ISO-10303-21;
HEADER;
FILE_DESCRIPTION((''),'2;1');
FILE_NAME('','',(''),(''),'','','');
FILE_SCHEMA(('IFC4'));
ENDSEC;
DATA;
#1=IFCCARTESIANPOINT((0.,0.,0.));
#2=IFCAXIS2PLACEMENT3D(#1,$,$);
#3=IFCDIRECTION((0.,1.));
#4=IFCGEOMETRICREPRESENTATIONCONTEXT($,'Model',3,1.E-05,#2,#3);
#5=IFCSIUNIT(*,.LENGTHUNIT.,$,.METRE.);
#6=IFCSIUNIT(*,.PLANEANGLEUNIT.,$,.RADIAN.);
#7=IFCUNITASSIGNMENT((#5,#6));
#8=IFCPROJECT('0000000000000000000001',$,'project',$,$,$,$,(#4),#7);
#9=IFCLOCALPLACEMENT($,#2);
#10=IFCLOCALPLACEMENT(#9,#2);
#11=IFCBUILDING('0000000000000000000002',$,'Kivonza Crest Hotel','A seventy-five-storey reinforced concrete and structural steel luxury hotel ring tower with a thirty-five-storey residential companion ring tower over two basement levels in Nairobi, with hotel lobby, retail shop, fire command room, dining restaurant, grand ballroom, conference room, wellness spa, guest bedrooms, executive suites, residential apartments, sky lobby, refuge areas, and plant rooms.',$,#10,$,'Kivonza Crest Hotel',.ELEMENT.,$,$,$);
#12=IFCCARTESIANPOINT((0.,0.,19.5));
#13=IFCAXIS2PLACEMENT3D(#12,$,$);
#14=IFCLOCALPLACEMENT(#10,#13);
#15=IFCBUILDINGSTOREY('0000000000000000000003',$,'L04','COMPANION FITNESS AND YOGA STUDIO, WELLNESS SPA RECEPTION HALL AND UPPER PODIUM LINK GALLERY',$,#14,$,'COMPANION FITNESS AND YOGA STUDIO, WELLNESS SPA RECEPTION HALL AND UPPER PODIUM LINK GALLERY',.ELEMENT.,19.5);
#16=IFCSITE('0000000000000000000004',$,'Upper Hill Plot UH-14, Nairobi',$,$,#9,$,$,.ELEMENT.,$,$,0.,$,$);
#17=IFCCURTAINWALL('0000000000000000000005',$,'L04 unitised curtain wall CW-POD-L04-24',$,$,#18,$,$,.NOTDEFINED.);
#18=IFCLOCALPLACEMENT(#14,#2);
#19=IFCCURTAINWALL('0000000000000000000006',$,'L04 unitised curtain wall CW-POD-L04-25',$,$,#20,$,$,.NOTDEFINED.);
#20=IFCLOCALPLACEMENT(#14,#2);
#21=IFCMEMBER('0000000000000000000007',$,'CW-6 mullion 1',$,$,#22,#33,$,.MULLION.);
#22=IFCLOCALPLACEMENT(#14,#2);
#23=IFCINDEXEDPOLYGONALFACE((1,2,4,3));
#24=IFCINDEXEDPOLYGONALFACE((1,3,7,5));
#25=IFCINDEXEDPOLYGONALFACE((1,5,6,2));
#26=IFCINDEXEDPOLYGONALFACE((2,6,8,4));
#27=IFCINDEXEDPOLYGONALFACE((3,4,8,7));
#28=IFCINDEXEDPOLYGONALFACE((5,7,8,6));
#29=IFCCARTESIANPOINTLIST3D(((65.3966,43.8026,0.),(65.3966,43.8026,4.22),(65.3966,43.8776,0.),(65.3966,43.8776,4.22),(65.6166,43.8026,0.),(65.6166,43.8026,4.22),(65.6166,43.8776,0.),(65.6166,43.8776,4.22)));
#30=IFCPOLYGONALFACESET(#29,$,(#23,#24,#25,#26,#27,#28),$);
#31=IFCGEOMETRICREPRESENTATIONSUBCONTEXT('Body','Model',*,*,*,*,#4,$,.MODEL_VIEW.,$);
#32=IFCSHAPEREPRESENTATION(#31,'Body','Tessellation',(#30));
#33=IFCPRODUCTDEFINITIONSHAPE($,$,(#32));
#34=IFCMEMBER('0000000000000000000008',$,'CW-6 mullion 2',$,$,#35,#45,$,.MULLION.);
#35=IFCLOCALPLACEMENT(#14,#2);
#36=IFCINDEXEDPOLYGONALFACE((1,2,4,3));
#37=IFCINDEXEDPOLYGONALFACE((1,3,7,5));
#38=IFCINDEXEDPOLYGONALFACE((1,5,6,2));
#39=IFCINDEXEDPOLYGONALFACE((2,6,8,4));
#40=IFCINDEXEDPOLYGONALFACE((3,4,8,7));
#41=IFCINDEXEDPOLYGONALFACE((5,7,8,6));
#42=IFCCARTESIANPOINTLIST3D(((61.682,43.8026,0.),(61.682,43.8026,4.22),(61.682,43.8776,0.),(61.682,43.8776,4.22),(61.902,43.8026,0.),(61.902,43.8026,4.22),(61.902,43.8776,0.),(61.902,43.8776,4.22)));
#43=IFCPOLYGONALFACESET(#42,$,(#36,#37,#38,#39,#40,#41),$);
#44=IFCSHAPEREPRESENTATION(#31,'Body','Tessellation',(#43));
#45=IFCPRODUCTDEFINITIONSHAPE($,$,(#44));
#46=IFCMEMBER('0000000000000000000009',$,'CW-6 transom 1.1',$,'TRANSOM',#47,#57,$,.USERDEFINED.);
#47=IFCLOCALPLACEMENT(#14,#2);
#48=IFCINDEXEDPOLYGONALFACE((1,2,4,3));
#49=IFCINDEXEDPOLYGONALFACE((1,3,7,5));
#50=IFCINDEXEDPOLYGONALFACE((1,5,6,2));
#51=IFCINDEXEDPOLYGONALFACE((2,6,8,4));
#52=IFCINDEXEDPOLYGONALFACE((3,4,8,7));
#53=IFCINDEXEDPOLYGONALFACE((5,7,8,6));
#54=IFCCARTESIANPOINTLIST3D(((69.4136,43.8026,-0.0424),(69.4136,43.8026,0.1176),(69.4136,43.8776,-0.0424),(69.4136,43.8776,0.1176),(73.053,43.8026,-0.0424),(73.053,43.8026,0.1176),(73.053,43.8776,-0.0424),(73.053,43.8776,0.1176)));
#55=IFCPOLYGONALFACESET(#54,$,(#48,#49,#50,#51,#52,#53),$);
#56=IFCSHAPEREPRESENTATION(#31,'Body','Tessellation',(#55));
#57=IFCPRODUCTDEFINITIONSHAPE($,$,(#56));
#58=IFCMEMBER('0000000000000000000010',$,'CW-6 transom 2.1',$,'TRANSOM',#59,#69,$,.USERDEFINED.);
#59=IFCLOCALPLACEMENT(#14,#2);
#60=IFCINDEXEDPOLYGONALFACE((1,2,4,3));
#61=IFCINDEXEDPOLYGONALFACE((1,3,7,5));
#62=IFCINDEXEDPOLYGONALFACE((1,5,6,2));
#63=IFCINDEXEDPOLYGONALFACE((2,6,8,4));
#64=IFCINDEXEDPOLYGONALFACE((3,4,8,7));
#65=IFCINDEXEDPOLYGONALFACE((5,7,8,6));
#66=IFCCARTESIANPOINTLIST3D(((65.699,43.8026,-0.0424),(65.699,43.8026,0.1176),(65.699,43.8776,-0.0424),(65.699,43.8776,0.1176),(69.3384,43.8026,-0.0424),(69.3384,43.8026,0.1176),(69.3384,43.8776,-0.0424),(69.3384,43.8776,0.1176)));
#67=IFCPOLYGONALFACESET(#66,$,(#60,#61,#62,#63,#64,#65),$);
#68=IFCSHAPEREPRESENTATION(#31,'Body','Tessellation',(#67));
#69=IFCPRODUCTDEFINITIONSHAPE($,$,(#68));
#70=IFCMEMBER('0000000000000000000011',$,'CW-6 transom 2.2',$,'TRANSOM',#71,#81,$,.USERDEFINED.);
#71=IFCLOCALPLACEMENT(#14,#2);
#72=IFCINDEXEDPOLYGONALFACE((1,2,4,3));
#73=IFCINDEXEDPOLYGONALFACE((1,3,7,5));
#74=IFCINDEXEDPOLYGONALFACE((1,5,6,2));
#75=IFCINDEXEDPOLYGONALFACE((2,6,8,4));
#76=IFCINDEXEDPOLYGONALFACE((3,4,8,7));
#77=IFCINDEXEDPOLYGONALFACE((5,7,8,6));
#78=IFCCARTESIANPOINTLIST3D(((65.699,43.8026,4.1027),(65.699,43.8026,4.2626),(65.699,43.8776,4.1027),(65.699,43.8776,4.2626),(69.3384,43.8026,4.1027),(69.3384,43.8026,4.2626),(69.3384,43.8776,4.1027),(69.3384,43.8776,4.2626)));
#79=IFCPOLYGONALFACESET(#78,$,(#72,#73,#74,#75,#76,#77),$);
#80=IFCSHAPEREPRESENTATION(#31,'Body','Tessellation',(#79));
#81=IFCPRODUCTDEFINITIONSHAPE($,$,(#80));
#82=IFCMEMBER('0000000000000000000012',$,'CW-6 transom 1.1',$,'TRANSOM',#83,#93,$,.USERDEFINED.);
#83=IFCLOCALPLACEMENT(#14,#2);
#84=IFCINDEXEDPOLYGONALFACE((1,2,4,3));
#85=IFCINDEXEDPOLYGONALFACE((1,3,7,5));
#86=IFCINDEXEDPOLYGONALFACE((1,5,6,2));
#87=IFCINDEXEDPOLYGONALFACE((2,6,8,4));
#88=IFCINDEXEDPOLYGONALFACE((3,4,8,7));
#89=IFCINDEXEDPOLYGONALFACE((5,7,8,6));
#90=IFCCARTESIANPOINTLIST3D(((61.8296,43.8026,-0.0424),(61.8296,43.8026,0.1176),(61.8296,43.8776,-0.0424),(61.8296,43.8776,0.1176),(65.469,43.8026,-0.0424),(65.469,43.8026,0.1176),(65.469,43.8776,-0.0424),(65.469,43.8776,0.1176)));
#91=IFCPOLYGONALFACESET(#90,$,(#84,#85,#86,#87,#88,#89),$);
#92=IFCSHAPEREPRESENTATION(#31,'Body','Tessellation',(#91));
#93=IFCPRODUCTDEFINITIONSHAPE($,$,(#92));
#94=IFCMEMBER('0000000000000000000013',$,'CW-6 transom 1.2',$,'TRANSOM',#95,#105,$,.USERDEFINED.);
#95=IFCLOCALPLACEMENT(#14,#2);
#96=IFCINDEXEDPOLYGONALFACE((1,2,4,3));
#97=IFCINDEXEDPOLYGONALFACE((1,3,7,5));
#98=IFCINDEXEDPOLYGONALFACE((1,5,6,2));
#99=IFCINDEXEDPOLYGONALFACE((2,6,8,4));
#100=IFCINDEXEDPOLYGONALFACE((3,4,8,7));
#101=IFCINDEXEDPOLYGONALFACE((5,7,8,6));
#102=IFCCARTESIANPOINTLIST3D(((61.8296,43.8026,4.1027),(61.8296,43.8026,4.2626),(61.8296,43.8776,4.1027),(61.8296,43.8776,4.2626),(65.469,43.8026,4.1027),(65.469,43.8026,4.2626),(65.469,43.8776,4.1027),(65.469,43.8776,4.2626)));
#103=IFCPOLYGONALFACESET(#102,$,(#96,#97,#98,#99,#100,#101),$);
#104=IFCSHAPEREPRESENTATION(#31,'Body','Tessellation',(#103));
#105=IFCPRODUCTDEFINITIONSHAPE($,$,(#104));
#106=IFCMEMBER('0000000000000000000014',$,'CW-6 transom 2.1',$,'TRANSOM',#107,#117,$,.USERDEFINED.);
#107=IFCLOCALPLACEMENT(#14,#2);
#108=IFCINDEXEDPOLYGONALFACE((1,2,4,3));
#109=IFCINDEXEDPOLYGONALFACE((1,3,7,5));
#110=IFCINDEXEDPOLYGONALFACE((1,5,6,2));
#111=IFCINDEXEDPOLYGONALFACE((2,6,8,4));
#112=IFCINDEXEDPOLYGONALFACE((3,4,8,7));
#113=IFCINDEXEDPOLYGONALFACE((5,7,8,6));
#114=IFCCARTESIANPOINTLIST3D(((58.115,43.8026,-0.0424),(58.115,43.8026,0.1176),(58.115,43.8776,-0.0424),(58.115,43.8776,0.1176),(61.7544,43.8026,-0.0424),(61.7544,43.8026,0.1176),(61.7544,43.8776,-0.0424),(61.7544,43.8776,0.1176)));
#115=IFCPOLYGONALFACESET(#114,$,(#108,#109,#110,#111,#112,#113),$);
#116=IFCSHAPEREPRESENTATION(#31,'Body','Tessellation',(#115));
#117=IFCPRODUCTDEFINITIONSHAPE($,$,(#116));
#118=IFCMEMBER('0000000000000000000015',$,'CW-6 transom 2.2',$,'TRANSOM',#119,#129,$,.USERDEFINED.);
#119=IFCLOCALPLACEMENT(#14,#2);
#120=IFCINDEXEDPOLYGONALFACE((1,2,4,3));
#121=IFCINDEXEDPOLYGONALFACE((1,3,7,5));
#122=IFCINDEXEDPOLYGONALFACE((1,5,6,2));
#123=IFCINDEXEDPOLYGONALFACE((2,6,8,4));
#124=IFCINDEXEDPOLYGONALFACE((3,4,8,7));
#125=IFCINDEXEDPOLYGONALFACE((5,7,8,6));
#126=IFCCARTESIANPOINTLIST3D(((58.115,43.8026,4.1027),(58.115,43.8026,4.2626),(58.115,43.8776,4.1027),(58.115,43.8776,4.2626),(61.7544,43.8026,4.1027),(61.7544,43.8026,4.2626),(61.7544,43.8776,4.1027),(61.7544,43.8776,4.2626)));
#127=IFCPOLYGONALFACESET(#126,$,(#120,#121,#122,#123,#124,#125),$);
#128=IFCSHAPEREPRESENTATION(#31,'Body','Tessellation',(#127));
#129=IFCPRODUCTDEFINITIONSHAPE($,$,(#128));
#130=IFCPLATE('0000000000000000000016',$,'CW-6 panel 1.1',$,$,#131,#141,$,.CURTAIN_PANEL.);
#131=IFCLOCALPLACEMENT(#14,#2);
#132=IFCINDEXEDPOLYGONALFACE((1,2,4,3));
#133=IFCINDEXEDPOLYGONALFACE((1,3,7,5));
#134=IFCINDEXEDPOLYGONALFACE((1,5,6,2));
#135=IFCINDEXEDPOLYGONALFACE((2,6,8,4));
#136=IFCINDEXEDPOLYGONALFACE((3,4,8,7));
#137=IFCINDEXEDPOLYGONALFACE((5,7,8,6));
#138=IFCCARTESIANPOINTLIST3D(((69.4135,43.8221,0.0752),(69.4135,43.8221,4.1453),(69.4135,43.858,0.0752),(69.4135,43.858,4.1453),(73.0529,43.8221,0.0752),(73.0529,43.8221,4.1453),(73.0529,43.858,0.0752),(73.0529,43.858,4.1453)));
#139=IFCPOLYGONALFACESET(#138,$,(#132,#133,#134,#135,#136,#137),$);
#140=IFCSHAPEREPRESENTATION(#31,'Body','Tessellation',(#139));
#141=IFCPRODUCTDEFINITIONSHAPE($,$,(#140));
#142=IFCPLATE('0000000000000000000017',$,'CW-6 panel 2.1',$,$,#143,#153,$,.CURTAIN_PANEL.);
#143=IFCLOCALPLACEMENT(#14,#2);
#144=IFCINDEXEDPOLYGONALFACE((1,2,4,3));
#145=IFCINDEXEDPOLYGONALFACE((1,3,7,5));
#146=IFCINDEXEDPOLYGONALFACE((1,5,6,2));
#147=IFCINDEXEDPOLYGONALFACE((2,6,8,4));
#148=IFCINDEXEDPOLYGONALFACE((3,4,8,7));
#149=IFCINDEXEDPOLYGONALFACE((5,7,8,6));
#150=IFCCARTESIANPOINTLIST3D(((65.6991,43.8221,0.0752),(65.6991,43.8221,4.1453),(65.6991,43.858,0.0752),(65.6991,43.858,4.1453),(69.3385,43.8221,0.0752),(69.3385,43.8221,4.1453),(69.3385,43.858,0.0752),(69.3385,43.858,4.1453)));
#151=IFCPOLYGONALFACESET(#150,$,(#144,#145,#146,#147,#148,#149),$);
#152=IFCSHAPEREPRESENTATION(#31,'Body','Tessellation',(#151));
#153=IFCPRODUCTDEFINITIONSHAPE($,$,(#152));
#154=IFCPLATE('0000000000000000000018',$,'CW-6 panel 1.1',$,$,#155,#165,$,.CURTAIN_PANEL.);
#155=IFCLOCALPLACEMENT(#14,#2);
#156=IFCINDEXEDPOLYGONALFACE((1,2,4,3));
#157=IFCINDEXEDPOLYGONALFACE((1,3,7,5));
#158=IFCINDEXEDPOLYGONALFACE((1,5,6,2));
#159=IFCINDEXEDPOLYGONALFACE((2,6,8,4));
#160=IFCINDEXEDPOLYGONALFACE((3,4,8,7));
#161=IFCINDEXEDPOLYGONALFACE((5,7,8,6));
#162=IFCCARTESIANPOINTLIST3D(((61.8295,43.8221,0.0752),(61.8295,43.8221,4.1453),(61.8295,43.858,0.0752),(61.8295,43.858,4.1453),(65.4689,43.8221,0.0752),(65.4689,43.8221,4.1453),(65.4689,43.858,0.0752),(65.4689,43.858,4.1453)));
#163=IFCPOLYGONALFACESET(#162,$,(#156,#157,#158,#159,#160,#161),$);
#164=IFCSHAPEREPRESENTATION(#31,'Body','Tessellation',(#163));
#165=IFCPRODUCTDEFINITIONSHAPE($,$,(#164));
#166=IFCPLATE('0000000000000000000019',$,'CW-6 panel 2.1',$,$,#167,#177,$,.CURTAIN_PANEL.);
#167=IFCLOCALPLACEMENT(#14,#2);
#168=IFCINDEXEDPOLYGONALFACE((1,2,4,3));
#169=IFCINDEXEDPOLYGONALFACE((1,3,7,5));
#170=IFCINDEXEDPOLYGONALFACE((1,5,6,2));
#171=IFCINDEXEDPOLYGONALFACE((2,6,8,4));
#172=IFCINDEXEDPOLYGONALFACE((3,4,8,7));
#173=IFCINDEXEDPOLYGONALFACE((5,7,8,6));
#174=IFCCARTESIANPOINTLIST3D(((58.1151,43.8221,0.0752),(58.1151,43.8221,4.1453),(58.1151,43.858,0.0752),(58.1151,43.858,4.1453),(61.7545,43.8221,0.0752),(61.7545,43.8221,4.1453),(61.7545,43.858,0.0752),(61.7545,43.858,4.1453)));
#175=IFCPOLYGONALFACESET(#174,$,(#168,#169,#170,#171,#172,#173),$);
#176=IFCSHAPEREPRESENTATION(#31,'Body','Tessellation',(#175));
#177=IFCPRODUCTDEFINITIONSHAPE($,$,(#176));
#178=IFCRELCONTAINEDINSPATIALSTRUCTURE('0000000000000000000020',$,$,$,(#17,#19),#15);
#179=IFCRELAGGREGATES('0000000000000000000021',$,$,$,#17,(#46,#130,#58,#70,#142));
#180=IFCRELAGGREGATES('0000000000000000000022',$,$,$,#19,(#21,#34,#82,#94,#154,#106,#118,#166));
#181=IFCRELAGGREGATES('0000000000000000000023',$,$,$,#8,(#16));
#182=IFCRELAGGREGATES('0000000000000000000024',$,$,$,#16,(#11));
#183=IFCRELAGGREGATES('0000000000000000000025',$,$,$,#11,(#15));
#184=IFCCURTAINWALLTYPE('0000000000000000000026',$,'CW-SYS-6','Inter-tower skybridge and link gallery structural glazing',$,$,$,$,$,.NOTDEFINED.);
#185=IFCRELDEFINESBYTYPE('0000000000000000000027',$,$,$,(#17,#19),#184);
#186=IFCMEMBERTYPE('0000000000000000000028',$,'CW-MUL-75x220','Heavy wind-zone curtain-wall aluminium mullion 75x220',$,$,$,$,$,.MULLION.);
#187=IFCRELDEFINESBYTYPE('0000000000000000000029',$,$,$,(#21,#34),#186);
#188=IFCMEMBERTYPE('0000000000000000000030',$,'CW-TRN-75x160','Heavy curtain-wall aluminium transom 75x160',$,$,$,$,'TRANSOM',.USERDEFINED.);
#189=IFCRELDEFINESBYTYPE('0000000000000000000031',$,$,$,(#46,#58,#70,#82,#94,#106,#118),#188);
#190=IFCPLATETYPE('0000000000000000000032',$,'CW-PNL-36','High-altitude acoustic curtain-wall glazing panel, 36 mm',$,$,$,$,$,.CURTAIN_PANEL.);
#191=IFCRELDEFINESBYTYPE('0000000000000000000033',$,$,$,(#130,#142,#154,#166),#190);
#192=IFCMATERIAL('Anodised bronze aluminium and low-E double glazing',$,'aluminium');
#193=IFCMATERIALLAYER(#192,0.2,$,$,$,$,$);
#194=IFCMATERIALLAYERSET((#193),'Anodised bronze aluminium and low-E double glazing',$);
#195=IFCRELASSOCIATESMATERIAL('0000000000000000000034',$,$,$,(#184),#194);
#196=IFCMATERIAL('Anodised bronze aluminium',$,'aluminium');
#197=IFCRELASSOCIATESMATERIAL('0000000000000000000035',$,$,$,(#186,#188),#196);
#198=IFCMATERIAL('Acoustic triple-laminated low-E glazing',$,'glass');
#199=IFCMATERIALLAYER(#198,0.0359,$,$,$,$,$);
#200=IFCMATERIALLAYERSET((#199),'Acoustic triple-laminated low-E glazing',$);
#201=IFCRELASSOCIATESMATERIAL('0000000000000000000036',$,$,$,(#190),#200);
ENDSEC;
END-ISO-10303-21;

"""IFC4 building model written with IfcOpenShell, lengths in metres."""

from ifc_helpers import new_model, si_unit, direction, frame, origin, origin_2d, place, context, subcontext, project, spatial, rectangle, extrude, material, layer, layer_set, material_profile, profile_set, type_object, element, aggregate, save


model = new_model("IFC4")

# Units and contexts
model_context = context("Model", 3, precision=1e-05, world=origin(), true_north=direction((0.0, 1.0)))
body_context = subcontext(model_context, "Body", "Model", "MODEL_VIEW")
ifc_project = project(units=[si_unit("LENGTHUNIT", "METRE"), si_unit("PLANEANGLEUNIT", "RADIAN")], contexts=[model_context])

# Site, building, storey
site_placement = place(None, origin())
site = spatial("IfcSite", under=ifc_project, at=site_placement, Name="Upper Hill Plot UH-14, Nairobi", CompositionType="ELEMENT", RefElevation=0.0)
building_placement = place(site_placement, origin())
building = spatial("IfcBuilding", under=site, at=building_placement, Name="Kivonza Crest Hotel", Description="A seventy-five-storey reinforced concrete and structural steel luxury hotel ring tower with a thirty-five-storey residential companion ring tower over two basement levels in Nairobi, with hotel lobby, retail shop, fire command room, dining restaurant, grand ballroom, conference room, wellness spa, guest bedrooms, executive suites, residential apartments, sky lobby, refuge areas, and plant rooms.", LongName="Kivonza Crest Hotel", CompositionType="ELEMENT")
storey_placement = place(building_placement, frame((0.0, 0.0, 19.5)))
storey = spatial("IfcBuildingStorey", under=building, at=storey_placement, Name="L04", Description="COMPANION FITNESS AND YOGA STUDIO, WELLNESS SPA RECEPTION HALL AND UPPER PODIUM LINK GALLERY", LongName="COMPANION FITNESS AND YOGA STUDIO, WELLNESS SPA RECEPTION HALL AND UPPER PODIUM LINK GALLERY", CompositionType="ELEMENT", Elevation=19.5)

# Curtain walls, members
ifc_material_1 = material(Name="Anodised bronze aluminium and low-E double glazing", Category="aluminium")
ifc_layer_1 = layer(ifc_material_1, 0.2)
ifc_layer_set_1 = layer_set([ifc_layer_1], Name="Anodised bronze aluminium and low-E double glazing")
curtain_wall_type = type_object("IfcCurtainWallType", Name="CW-SYS-6", Description="Inter-tower skybridge and link gallery structural glazing", PredefinedType="NOTDEFINED", material=ifc_layer_set_1)
curtain_wall_1_placement = place(storey_placement, origin())
curtain_wall_1 = element("IfcCurtainWall", 1, at=curtain_wall_1_placement, inside=storey, type_object=curtain_wall_type, Name="L04 unitised curtain wall CW-POD-L04-24", PredefinedType="NOTDEFINED")
ifc_material_2 = material(Name="Anodised bronze aluminium", Category="aluminium")
ifc_material_profile_1 = material_profile(ifc_material_2, rectangle(XDim=0.075, YDim=0.22, at=origin_2d()), Name="CW-M 75x220")
ifc_profile_set_1 = profile_set([ifc_material_profile_1], Name="Anodised bronze aluminium")
member_type_1 = type_object("IfcMemberType", Name="CW-MUL-75x220", Description="Heavy wind-zone curtain-wall aluminium mullion 75x220", PredefinedType="MULLION", material=ifc_profile_set_1)
curtain_wall_2_placement = place(storey_placement, origin())
curtain_wall_2 = element("IfcCurtainWall", 2, at=curtain_wall_2_placement, inside=storey, type_object=curtain_wall_type, Name="L04 unitised curtain wall CW-POD-L04-25", PredefinedType="NOTDEFINED")
member_1_placement = place(storey_placement, frame((65.5066, 43.8401, 0.0), z_axis=(0.0, 0.0, 1.0), x_axis=(0.0, -1.0, 0.0)))
member_1 = element("IfcMember", 3, at=member_1_placement, type_object=member_type_1, Name="CW-6 mullion 1", PredefinedType="MULLION", context=body_context, shape_type="SweptSolid", body=[
    extrude(rectangle(XDim=0.075, YDim=0.22, at=origin_2d()), origin(), (0.0, 0.0, 1.0), 4.22),
])
member_2_placement = place(storey_placement, frame((61.792, 43.8401, 0.0), z_axis=(0.0, 0.0, 1.0), x_axis=(0.0, -1.0, 0.0)))
member_2 = element("IfcMember", 4, at=member_2_placement, type_object=member_type_1, Name="CW-6 mullion 2", PredefinedType="MULLION", context=body_context, shape_type="SweptSolid", body=[
    extrude(rectangle(XDim=0.075, YDim=0.22, at=origin_2d()), origin(), (0.0, 0.0, 1.0), 4.22),
])

# Members
ifc_material_profile_2 = material_profile(ifc_material_2, rectangle(XDim=0.075, YDim=0.1599, at=origin_2d()), Name="CW-T 75x160")
ifc_profile_set_2 = profile_set([ifc_material_profile_2], Name="Anodised bronze aluminium")
member_type_2 = type_object("IfcMemberType", Name="CW-TRN-75x160", Description="Heavy curtain-wall aluminium transom 75x160", ElementType="TRANSOM", PredefinedType="USERDEFINED", material=ifc_profile_set_2)
member_3_placement = place(storey_placement, frame((73.053, 43.8401, 0.0376), z_axis=(-1.0, 0.0, 0.0), x_axis=(0.0, -1.0, 0.0)))
member_3 = element("IfcMember", 5, at=member_3_placement, type_object=member_type_2, Name="CW-6 transom 1.1", ObjectType="TRANSOM", PredefinedType="USERDEFINED", context=body_context, shape_type="SweptSolid", body=[
    extrude(rectangle(XDim=0.075, YDim=0.1599, at=origin_2d()), origin(), (0.0, 0.0, 1.0), 3.6394),
])
member_4_placement = place(storey_placement, frame((69.3384, 43.8401, 0.0376), z_axis=(-1.0, 0.0, 0.0), x_axis=(0.0, -1.0, 0.0)))
member_4 = element("IfcMember", 6, at=member_4_placement, type_object=member_type_2, Name="CW-6 transom 2.1", ObjectType="TRANSOM", PredefinedType="USERDEFINED", context=body_context, shape_type="SweptSolid", body=[
    extrude(rectangle(XDim=0.075, YDim=0.1599, at=origin_2d()), origin(), (0.0, 0.0, 1.0), 3.6394),
])
member_5_placement = place(storey_placement, frame((69.3384, 43.8401, 4.1826), z_axis=(-1.0, 0.0, 0.0), x_axis=(0.0, -1.0, 0.0)))
member_5 = element("IfcMember", 7, at=member_5_placement, type_object=member_type_2, Name="CW-6 transom 2.2", ObjectType="TRANSOM", PredefinedType="USERDEFINED", context=body_context, shape_type="SweptSolid", body=[
    extrude(rectangle(XDim=0.075, YDim=0.1599, at=origin_2d()), origin(), (0.0, 0.0, 1.0), 3.6394),
])
member_6_placement = place(storey_placement, frame((65.469, 43.8401, 0.0376), z_axis=(-1.0, 0.0, 0.0), x_axis=(0.0, -1.0, 0.0)))
member_6 = element("IfcMember", 8, at=member_6_placement, type_object=member_type_2, Name="CW-6 transom 1.1", ObjectType="TRANSOM", PredefinedType="USERDEFINED", context=body_context, shape_type="SweptSolid", body=[
    extrude(rectangle(XDim=0.075, YDim=0.1599, at=origin_2d()), origin(), (0.0, 0.0, 1.0), 3.6394),
])
member_7_placement = place(storey_placement, frame((65.469, 43.8401, 4.1826), z_axis=(-1.0, 0.0, 0.0), x_axis=(0.0, -1.0, 0.0)))
member_7 = element("IfcMember", 9, at=member_7_placement, type_object=member_type_2, Name="CW-6 transom 1.2", ObjectType="TRANSOM", PredefinedType="USERDEFINED", context=body_context, shape_type="SweptSolid", body=[
    extrude(rectangle(XDim=0.075, YDim=0.1599, at=origin_2d()), origin(), (0.0, 0.0, 1.0), 3.6394),
])
member_8_placement = place(storey_placement, frame((61.7544, 43.8401, 0.0376), z_axis=(-1.0, 0.0, 0.0), x_axis=(0.0, -1.0, 0.0)))
member_8 = element("IfcMember", 10, at=member_8_placement, type_object=member_type_2, Name="CW-6 transom 2.1", ObjectType="TRANSOM", PredefinedType="USERDEFINED", context=body_context, shape_type="SweptSolid", body=[
    extrude(rectangle(XDim=0.075, YDim=0.1599, at=origin_2d()), origin(), (0.0, 0.0, 1.0), 3.6394),
])
member_9_placement = place(storey_placement, frame((61.7544, 43.8401, 4.1826), z_axis=(-1.0, 0.0, 0.0), x_axis=(0.0, -1.0, 0.0)))
member_9 = element("IfcMember", 11, at=member_9_placement, type_object=member_type_2, Name="CW-6 transom 2.2", ObjectType="TRANSOM", PredefinedType="USERDEFINED", context=body_context, shape_type="SweptSolid", body=[
    extrude(rectangle(XDim=0.075, YDim=0.1599, at=origin_2d()), origin(), (0.0, 0.0, 1.0), 3.6394),
])

# Plates
ifc_material_3 = material(Name="Acoustic triple-laminated low-E glazing", Category="glass")
ifc_layer_2 = layer(ifc_material_3, 0.0359)
ifc_layer_set_2 = layer_set([ifc_layer_2], Name="Acoustic triple-laminated low-E glazing")
plate_type = type_object("IfcPlateType", Name="CW-PNL-36", Description="High-altitude acoustic curtain-wall glazing panel, 36 mm", PredefinedType="CURTAIN_PANEL", material=ifc_layer_set_2)
plate_1_placement = place(storey_placement, frame((71.2332, 43.8401, 0.0752), z_axis=(0.0, 0.0, 1.0), x_axis=(-1.0, 0.0, 0.0)))
plate_1 = element("IfcPlate", 12, at=plate_1_placement, type_object=plate_type, Name="CW-6 panel 1.1", PredefinedType="CURTAIN_PANEL", context=body_context, shape_type="SweptSolid", body=[
    extrude(rectangle(XDim=3.6394, YDim=0.0359, at=origin_2d()), origin(), (0.0, 0.0, 1.0), 4.0701),
])
plate_2_placement = place(storey_placement, frame((67.5188, 43.8401, 0.0752), z_axis=(0.0, 0.0, 1.0), x_axis=(-1.0, 0.0, 0.0)))
plate_2 = element("IfcPlate", 13, at=plate_2_placement, type_object=plate_type, Name="CW-6 panel 2.1", PredefinedType="CURTAIN_PANEL", context=body_context, shape_type="SweptSolid", body=[
    extrude(rectangle(XDim=3.6394, YDim=0.0359, at=origin_2d()), origin(), (0.0, 0.0, 1.0), 4.0701),
])
aggregate(curtain_wall_1, [member_3, plate_1, member_4, member_5, plate_2])
plate_3_placement = place(storey_placement, frame((63.6492, 43.8401, 0.0752), z_axis=(0.0, 0.0, 1.0), x_axis=(-1.0, 0.0, 0.0)))
plate_3 = element("IfcPlate", 14, at=plate_3_placement, type_object=plate_type, Name="CW-6 panel 1.1", PredefinedType="CURTAIN_PANEL", context=body_context, shape_type="SweptSolid", body=[
    extrude(rectangle(XDim=3.6394, YDim=0.0359, at=origin_2d()), origin(), (0.0, 0.0, 1.0), 4.0701),
])
plate_4_placement = place(storey_placement, frame((59.9348, 43.8401, 0.0752), z_axis=(0.0, 0.0, 1.0), x_axis=(-1.0, 0.0, 0.0)))
plate_4 = element("IfcPlate", 15, at=plate_4_placement, type_object=plate_type, Name="CW-6 panel 2.1", PredefinedType="CURTAIN_PANEL", context=body_context, shape_type="SweptSolid", body=[
    extrude(rectangle(XDim=3.6394, YDim=0.0359, at=origin_2d()), origin(), (0.0, 0.0, 1.0), 4.0701),
])
aggregate(curtain_wall_2, [member_1, member_2, member_6, member_7, plate_3, member_8, member_9, plate_4])

save(model, "model.ifc")
